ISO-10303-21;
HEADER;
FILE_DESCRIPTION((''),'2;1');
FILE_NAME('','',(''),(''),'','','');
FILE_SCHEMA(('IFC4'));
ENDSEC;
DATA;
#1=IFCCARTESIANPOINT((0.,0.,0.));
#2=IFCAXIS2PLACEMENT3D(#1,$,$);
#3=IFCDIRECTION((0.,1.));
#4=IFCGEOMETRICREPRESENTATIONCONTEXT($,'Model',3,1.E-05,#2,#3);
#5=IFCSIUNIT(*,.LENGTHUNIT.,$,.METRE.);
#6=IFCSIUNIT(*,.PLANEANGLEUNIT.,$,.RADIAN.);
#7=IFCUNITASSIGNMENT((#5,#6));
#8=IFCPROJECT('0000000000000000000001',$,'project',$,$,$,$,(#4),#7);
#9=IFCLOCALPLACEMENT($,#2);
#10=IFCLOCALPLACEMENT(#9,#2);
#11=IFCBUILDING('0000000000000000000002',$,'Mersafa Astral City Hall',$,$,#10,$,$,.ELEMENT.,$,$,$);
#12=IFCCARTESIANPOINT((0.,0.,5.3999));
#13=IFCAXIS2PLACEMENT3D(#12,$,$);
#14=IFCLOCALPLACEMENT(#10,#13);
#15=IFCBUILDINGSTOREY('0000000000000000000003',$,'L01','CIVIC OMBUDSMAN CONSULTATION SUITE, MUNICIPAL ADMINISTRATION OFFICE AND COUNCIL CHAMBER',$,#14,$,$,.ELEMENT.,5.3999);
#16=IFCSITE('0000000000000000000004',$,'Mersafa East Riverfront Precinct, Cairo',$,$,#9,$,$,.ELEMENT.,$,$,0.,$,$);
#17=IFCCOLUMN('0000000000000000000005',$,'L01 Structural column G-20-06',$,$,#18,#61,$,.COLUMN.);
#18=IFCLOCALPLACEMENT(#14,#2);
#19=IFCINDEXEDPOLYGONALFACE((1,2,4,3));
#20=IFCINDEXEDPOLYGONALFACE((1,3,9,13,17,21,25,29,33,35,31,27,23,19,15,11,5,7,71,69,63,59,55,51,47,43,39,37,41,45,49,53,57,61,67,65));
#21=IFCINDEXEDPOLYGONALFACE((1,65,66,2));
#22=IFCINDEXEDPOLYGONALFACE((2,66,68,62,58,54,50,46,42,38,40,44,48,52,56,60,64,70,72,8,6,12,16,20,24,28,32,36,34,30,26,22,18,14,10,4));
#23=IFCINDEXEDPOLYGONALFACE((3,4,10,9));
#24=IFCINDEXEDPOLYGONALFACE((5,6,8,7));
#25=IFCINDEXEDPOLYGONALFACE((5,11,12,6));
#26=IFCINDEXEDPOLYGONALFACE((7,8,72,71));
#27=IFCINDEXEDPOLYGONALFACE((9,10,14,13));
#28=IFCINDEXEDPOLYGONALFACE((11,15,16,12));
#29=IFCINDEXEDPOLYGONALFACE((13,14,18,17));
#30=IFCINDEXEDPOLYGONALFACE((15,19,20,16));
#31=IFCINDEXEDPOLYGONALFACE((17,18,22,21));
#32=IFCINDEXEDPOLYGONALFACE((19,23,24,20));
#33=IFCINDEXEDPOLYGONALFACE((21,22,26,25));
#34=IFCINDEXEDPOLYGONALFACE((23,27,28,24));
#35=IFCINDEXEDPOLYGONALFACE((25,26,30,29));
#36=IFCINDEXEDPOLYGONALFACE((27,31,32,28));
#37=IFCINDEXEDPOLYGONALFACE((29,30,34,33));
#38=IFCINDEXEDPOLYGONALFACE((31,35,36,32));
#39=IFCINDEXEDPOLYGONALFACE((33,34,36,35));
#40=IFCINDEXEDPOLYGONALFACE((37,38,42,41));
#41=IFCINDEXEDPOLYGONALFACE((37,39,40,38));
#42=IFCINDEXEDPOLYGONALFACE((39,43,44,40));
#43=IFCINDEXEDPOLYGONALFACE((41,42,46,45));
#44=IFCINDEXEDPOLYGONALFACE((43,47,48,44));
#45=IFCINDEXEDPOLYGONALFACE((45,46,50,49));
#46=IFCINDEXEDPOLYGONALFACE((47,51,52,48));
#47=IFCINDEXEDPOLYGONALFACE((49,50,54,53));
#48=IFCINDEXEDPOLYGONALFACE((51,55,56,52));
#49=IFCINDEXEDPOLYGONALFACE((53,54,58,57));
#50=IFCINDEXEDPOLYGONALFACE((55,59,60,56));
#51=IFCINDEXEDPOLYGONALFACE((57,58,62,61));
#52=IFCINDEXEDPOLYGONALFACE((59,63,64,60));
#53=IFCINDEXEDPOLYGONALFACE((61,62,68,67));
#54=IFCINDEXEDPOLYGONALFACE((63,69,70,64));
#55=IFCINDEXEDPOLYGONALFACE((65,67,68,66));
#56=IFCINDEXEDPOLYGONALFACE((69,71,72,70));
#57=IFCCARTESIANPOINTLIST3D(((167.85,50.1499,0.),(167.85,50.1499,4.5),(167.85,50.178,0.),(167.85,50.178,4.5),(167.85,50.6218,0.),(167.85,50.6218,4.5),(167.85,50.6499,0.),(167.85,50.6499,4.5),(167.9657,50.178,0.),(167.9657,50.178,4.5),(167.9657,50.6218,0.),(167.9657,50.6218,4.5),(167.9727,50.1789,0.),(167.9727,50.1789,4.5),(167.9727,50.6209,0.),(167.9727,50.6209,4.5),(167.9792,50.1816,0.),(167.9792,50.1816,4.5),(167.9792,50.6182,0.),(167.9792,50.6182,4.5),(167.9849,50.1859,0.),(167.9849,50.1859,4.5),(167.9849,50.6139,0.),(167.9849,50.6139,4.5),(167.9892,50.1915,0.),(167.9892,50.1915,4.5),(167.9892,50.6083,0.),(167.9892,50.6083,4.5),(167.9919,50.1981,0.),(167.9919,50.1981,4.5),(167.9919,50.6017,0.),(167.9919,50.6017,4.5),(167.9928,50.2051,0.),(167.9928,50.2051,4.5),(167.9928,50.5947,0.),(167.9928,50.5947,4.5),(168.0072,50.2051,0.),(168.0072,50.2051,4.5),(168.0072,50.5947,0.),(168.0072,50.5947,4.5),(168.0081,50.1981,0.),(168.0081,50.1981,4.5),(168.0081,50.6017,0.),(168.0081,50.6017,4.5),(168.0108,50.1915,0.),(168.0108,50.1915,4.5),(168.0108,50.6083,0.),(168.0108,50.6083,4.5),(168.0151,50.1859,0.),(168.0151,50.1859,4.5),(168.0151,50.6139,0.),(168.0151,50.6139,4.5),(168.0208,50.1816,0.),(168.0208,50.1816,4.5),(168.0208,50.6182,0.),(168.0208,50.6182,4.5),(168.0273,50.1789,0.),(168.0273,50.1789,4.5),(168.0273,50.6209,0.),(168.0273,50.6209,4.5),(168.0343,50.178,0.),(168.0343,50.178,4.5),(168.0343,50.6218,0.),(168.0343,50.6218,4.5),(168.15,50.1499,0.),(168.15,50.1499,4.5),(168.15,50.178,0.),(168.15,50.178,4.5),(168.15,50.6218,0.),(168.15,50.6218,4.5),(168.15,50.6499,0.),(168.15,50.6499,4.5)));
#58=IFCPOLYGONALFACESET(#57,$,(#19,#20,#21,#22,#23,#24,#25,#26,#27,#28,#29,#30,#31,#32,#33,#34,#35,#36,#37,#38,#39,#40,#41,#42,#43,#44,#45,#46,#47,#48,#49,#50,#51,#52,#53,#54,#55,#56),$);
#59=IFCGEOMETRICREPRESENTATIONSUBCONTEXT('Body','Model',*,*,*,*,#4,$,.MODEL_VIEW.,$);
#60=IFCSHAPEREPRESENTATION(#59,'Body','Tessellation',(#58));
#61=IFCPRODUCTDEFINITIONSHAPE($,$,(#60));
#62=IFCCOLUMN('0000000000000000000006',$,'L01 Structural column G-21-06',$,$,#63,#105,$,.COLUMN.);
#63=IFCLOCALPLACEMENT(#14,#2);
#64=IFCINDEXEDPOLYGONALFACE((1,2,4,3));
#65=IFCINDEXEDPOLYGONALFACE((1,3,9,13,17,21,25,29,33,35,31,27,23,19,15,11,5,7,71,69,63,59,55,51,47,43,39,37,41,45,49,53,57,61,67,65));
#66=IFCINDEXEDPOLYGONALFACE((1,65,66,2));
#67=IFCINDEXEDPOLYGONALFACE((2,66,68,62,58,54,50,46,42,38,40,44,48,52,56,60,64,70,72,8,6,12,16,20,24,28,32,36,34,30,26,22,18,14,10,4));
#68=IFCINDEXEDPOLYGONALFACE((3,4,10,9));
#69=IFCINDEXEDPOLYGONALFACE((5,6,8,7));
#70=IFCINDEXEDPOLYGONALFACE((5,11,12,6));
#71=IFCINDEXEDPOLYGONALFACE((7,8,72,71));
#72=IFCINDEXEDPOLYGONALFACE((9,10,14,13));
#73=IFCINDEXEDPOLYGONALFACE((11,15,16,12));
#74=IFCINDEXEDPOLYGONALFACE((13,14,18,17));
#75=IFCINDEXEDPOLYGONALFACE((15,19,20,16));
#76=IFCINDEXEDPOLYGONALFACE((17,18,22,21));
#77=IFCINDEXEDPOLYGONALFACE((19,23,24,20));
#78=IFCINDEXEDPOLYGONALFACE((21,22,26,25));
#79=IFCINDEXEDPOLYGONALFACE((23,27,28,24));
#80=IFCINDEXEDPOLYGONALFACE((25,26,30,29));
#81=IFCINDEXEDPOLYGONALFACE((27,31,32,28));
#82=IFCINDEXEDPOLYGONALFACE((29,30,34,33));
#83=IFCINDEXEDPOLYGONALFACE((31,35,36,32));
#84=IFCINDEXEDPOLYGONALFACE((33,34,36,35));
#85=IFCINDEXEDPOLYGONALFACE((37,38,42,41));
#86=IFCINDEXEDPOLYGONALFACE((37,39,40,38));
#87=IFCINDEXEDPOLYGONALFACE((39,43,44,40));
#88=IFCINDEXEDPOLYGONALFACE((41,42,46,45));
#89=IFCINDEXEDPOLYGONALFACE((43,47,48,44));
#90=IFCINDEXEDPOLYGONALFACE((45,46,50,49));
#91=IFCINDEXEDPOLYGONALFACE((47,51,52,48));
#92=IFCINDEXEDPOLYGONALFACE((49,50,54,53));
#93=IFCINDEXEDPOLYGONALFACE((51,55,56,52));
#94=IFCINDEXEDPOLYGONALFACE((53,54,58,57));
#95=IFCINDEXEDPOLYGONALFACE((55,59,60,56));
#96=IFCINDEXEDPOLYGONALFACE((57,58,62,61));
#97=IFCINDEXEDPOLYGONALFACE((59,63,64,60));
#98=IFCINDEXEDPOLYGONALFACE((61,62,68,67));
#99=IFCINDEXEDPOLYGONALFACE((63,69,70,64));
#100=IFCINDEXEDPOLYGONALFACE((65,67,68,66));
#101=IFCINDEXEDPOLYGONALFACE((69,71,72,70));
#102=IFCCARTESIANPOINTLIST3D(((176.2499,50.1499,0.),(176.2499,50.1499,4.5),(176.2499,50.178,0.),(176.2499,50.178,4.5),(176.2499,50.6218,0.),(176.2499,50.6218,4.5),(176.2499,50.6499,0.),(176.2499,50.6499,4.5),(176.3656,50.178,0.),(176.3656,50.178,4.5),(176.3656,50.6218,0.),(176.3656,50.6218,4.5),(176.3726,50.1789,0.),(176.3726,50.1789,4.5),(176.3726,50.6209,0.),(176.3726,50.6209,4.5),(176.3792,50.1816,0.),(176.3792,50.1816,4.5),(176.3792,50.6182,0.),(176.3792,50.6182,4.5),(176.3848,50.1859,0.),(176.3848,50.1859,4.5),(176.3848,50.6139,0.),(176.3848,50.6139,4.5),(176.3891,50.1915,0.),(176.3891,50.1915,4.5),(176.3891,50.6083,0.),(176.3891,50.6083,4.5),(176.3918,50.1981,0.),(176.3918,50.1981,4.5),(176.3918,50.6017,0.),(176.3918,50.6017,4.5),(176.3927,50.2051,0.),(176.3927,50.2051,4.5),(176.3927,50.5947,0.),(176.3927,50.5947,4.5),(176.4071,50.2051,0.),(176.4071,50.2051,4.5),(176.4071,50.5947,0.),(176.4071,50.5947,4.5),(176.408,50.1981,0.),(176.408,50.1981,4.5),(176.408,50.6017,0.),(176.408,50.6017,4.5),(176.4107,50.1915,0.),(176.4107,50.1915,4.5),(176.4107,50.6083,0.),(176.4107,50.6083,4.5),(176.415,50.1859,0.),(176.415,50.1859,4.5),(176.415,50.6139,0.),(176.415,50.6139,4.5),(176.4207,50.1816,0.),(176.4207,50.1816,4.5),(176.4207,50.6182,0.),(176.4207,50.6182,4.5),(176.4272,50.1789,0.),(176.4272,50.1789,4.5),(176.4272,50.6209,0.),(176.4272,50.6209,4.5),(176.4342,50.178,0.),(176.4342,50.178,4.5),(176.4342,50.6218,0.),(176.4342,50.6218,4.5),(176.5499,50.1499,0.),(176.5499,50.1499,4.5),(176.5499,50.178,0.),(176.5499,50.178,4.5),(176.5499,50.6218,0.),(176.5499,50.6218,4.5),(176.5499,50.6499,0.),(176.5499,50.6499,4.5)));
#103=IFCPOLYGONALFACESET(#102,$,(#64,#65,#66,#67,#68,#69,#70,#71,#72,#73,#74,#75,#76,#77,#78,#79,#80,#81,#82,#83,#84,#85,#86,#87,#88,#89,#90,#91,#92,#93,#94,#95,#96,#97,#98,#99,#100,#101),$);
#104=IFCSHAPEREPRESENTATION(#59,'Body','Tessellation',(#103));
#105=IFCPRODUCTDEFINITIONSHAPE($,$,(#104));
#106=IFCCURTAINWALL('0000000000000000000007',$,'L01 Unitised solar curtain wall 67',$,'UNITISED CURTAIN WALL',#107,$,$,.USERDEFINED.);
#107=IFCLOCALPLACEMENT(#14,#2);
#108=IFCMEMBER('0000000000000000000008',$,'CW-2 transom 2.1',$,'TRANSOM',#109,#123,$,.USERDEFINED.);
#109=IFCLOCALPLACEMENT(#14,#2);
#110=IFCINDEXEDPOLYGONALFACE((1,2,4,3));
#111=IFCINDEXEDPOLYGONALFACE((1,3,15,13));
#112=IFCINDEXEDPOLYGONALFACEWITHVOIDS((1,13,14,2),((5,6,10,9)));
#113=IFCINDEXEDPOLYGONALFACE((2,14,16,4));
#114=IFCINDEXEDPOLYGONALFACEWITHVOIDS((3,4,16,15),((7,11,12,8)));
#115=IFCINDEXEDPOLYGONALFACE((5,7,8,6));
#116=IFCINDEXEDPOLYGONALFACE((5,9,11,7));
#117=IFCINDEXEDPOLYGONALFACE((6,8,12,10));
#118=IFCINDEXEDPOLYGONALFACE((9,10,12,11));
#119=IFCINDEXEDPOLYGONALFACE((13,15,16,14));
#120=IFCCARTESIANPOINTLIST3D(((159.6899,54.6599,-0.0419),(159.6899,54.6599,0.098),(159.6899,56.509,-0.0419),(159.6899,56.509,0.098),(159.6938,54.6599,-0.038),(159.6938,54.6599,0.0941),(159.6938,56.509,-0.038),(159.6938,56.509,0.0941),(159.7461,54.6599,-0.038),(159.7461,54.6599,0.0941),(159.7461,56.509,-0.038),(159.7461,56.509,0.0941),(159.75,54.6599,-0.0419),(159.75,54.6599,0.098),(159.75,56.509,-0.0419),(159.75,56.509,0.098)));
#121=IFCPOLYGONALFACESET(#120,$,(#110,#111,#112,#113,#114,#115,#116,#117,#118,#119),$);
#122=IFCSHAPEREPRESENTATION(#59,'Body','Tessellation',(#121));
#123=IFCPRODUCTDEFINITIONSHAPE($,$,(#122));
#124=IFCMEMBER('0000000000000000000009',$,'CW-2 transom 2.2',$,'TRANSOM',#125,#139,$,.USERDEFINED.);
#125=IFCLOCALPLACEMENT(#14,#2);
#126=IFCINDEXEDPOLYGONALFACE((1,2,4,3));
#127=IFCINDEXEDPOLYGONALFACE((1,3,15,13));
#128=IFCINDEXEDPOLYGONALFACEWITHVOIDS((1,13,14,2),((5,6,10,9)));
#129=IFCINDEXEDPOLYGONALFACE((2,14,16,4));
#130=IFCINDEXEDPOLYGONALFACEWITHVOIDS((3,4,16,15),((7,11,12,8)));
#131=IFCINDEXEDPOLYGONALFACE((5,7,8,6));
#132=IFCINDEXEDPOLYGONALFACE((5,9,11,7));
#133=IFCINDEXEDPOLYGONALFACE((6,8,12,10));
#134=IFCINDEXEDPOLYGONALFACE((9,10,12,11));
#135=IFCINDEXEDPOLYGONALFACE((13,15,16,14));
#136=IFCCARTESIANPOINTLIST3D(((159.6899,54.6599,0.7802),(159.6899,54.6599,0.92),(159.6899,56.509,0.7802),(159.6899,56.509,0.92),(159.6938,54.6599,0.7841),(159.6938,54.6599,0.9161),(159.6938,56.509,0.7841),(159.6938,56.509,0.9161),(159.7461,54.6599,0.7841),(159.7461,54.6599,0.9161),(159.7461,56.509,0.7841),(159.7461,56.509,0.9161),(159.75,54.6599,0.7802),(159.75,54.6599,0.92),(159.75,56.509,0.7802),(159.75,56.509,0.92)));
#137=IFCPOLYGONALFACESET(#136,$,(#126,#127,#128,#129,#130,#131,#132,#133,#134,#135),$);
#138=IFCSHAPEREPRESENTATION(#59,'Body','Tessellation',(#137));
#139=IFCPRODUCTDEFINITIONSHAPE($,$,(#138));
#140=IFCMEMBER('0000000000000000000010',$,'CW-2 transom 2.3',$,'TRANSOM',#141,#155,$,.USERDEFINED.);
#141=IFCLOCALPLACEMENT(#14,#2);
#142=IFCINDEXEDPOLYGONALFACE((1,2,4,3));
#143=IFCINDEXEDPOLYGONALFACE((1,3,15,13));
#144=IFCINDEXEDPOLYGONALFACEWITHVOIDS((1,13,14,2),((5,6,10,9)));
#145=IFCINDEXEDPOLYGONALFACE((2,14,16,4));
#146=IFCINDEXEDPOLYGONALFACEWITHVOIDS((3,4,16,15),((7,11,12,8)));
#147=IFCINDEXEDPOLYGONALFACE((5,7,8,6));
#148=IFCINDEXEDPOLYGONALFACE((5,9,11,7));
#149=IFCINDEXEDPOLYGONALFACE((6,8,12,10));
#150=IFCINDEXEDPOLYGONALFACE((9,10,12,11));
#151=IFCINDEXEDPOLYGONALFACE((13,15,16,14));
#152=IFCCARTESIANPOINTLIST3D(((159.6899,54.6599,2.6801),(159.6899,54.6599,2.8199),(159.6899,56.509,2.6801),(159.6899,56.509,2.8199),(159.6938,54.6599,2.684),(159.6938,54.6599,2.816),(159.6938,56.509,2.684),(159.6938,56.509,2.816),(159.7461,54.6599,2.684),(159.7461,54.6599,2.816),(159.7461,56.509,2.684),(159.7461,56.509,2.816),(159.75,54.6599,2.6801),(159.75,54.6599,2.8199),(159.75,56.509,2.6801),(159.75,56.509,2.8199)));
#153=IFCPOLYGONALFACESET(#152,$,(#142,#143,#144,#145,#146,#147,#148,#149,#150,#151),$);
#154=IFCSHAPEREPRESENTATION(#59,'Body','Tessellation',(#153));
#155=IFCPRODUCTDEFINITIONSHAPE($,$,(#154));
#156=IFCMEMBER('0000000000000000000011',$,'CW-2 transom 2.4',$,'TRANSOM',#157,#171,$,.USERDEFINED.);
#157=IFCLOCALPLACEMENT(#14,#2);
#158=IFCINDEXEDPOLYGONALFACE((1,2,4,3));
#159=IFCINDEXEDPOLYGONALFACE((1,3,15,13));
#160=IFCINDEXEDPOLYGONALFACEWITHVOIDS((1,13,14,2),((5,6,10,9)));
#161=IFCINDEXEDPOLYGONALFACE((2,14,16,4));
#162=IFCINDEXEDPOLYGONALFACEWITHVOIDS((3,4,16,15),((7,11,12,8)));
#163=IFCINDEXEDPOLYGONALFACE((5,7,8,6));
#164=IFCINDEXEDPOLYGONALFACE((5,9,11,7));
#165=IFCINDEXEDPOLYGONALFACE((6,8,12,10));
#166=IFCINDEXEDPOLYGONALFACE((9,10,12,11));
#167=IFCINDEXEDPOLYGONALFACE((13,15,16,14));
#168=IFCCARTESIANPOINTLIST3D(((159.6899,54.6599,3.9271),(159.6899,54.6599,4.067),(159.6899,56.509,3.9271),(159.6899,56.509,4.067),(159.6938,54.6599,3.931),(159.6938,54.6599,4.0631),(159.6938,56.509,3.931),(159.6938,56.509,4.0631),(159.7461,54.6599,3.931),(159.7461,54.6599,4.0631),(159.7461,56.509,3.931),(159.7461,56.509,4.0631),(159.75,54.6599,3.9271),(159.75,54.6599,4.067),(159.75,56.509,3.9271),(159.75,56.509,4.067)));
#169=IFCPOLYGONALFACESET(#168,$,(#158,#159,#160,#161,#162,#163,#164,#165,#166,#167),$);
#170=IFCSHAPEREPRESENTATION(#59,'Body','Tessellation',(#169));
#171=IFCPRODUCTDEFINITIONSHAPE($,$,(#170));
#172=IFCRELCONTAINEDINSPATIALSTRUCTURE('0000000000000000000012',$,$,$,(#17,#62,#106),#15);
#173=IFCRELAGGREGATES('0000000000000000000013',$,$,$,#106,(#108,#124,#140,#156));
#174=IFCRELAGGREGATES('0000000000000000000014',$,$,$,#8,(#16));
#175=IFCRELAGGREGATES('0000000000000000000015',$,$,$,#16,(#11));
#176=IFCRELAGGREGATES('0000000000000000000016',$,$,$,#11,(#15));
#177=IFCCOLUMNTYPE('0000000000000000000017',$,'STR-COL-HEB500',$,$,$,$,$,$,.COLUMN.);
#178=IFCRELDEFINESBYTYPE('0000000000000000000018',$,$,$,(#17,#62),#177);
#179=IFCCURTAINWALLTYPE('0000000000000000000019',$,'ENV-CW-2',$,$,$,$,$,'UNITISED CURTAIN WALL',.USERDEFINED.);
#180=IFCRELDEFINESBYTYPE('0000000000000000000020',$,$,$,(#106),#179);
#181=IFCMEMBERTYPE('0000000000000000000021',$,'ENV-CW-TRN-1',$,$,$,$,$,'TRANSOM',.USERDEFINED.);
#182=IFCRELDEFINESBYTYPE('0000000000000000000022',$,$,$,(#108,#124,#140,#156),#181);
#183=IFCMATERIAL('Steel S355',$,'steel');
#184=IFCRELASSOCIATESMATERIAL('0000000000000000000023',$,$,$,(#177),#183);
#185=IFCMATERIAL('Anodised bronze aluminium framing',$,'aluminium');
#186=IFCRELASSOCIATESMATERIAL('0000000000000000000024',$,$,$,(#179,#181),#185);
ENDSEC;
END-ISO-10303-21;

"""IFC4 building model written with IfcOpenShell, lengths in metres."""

from ifc_helpers import new_model, si_unit, direction, frame, origin, origin_2d, place, context, subcontext, project, spatial, hollow_rectangle, i_section, extrude, material, material_profile, profile_set, type_object, element, aggregate, save


model = new_model("IFC4")

# Units and contexts
model_context = context("Model", 3, precision=1e-05, world=origin(), true_north=direction((0.0, 1.0)))
body_context = subcontext(model_context, "Body", "Model", "MODEL_VIEW")
ifc_project = project(units=[si_unit("LENGTHUNIT", "METRE"), si_unit("PLANEANGLEUNIT", "RADIAN")], contexts=[model_context])

# Site, building, storey
site_placement = place(None, origin())
site = spatial("IfcSite", under=ifc_project, at=site_placement, Name="Mersafa East Riverfront Precinct, Cairo", CompositionType="ELEMENT", RefElevation=0.0)
building_placement = place(site_placement, origin())
building = spatial("IfcBuilding", under=site, at=building_placement, Name="Mersafa Astral City Hall", CompositionType="ELEMENT")
storey_placement = place(building_placement, frame((0.0, 0.0, 5.3999)))
storey = spatial("IfcBuildingStorey", under=building, at=storey_placement, Name="L01", Description="CIVIC OMBUDSMAN CONSULTATION SUITE, MUNICIPAL ADMINISTRATION OFFICE AND COUNCIL CHAMBER", CompositionType="ELEMENT", Elevation=5.3999)

# Columns
ifc_material_1 = material(Name="Steel S355", Category="steel")
ifc_material_profile_1 = material_profile(ifc_material_1, i_section(OverallWidth=0.3, OverallDepth=0.5, WebThickness=0.0144, FlangeThickness=0.0281, FilletRadius=0.0271, at=origin_2d()), Name="HEB 500")
ifc_profile_set_1 = profile_set([ifc_material_profile_1], Name="Steel S355")
column_type = type_object("IfcColumnType", Name="STR-COL-HEB500", PredefinedType="COLUMN", material=ifc_profile_set_1)
for number, where, z_axis, x_axis, name in (
    (1, (168.0, 50.3999, 0.0), (0.0, 0.0, 1.0), (1.0, 0.0, 0.0), "L01 Structural column G-20-06"),
    (2, (176.3999, 50.3999, 0.0), (0.0, 0.0, 1.0), (1.0, 0.0, 0.0), "L01 Structural column G-21-06"),
):
    element("IfcColumn", number, at=place(storey_placement, frame(where, z_axis=z_axis, x_axis=x_axis)), inside=storey, type_object=column_type, Name=name, PredefinedType="COLUMN", context=body_context, shape_type="SweptSolid", body=[
        extrude(i_section(OverallWidth=0.3, OverallDepth=0.5, WebThickness=0.0144, FlangeThickness=0.0281, FilletRadius=0.0271, at=origin_2d()), origin(), (0.0, 0.0, 1.0), 4.5),
    ])

# Curtain wall, members
ifc_material_2 = material(Name="Anodised bronze aluminium framing", Category="aluminium")
curtain_wall_type = type_object("IfcCurtainWallType", Name="ENV-CW-2", ElementType="UNITISED CURTAIN WALL", PredefinedType="USERDEFINED", material=ifc_material_2)
curtain_wall_placement = place(storey_placement, origin())
curtain_wall = element("IfcCurtainWall", 3, at=curtain_wall_placement, inside=storey, type_object=curtain_wall_type, Name="L01 Unitised solar curtain wall 67", ObjectType="UNITISED CURTAIN WALL", PredefinedType="USERDEFINED")
ifc_material_profile_2 = material_profile(ifc_material_2, hollow_rectangle(XDim=0.0601, YDim=0.1399, WallThickness=0.0039, at=origin_2d()), Name="RHS 60x140x4")
ifc_profile_set_2 = profile_set([ifc_material_profile_2], Name="Anodised bronze aluminium framing")
member_type = type_object("IfcMemberType", Name="ENV-CW-TRN-1", ElementType="TRANSOM", PredefinedType="USERDEFINED", material=ifc_profile_set_2)
member_1_placement = place(storey_placement, frame((159.72, 56.509, 0.0281), z_axis=(0.0, -1.0, 0.0), x_axis=(1.0, 0.0, 0.0)))
member_1 = element("IfcMember", 4, at=member_1_placement, type_object=member_type, Name="CW-2 transom 2.1", ObjectType="TRANSOM", PredefinedType="USERDEFINED", context=body_context, shape_type="SweptSolid", body=[
    extrude(hollow_rectangle(XDim=0.0601, YDim=0.1399, WallThickness=0.0039, at=origin_2d()), origin(), (0.0, 0.0, 1.0), 1.8491),
])
member_2_placement = place(storey_placement, frame((159.72, 56.509, 0.8501), z_axis=(0.0, -1.0, 0.0), x_axis=(1.0, 0.0, 0.0)))
member_2 = element("IfcMember", 5, at=member_2_placement, type_object=member_type, Name="CW-2 transom 2.2", ObjectType="TRANSOM", PredefinedType="USERDEFINED", context=body_context, shape_type="SweptSolid", body=[
    extrude(hollow_rectangle(XDim=0.0601, YDim=0.1399, WallThickness=0.0039, at=origin_2d()), origin(), (0.0, 0.0, 1.0), 1.8491),
])
member_3_placement = place(storey_placement, frame((159.72, 56.509, 2.75), z_axis=(0.0, -1.0, 0.0), x_axis=(1.0, 0.0, 0.0)))
member_3 = element("IfcMember", 6, at=member_3_placement, type_object=member_type, Name="CW-2 transom 2.3", ObjectType="TRANSOM", PredefinedType="USERDEFINED", context=body_context, shape_type="SweptSolid", body=[
    extrude(hollow_rectangle(XDim=0.0601, YDim=0.1399, WallThickness=0.0039, at=origin_2d()), origin(), (0.0, 0.0, 1.0), 1.8491),
])
member_4_placement = place(storey_placement, frame((159.72, 56.509, 3.9971), z_axis=(0.0, -1.0, 0.0), x_axis=(1.0, 0.0, 0.0)))
member_4 = element("IfcMember", 7, at=member_4_placement, type_object=member_type, Name="CW-2 transom 2.4", ObjectType="TRANSOM", PredefinedType="USERDEFINED", context=body_context, shape_type="SweptSolid", body=[
    extrude(hollow_rectangle(XDim=0.0601, YDim=0.1399, WallThickness=0.0039, at=origin_2d()), origin(), (0.0, 0.0, 1.0), 1.8491),
])

aggregate(curtain_wall, [member_1, member_2, member_3, member_4])

save(model, "model.ifc")
